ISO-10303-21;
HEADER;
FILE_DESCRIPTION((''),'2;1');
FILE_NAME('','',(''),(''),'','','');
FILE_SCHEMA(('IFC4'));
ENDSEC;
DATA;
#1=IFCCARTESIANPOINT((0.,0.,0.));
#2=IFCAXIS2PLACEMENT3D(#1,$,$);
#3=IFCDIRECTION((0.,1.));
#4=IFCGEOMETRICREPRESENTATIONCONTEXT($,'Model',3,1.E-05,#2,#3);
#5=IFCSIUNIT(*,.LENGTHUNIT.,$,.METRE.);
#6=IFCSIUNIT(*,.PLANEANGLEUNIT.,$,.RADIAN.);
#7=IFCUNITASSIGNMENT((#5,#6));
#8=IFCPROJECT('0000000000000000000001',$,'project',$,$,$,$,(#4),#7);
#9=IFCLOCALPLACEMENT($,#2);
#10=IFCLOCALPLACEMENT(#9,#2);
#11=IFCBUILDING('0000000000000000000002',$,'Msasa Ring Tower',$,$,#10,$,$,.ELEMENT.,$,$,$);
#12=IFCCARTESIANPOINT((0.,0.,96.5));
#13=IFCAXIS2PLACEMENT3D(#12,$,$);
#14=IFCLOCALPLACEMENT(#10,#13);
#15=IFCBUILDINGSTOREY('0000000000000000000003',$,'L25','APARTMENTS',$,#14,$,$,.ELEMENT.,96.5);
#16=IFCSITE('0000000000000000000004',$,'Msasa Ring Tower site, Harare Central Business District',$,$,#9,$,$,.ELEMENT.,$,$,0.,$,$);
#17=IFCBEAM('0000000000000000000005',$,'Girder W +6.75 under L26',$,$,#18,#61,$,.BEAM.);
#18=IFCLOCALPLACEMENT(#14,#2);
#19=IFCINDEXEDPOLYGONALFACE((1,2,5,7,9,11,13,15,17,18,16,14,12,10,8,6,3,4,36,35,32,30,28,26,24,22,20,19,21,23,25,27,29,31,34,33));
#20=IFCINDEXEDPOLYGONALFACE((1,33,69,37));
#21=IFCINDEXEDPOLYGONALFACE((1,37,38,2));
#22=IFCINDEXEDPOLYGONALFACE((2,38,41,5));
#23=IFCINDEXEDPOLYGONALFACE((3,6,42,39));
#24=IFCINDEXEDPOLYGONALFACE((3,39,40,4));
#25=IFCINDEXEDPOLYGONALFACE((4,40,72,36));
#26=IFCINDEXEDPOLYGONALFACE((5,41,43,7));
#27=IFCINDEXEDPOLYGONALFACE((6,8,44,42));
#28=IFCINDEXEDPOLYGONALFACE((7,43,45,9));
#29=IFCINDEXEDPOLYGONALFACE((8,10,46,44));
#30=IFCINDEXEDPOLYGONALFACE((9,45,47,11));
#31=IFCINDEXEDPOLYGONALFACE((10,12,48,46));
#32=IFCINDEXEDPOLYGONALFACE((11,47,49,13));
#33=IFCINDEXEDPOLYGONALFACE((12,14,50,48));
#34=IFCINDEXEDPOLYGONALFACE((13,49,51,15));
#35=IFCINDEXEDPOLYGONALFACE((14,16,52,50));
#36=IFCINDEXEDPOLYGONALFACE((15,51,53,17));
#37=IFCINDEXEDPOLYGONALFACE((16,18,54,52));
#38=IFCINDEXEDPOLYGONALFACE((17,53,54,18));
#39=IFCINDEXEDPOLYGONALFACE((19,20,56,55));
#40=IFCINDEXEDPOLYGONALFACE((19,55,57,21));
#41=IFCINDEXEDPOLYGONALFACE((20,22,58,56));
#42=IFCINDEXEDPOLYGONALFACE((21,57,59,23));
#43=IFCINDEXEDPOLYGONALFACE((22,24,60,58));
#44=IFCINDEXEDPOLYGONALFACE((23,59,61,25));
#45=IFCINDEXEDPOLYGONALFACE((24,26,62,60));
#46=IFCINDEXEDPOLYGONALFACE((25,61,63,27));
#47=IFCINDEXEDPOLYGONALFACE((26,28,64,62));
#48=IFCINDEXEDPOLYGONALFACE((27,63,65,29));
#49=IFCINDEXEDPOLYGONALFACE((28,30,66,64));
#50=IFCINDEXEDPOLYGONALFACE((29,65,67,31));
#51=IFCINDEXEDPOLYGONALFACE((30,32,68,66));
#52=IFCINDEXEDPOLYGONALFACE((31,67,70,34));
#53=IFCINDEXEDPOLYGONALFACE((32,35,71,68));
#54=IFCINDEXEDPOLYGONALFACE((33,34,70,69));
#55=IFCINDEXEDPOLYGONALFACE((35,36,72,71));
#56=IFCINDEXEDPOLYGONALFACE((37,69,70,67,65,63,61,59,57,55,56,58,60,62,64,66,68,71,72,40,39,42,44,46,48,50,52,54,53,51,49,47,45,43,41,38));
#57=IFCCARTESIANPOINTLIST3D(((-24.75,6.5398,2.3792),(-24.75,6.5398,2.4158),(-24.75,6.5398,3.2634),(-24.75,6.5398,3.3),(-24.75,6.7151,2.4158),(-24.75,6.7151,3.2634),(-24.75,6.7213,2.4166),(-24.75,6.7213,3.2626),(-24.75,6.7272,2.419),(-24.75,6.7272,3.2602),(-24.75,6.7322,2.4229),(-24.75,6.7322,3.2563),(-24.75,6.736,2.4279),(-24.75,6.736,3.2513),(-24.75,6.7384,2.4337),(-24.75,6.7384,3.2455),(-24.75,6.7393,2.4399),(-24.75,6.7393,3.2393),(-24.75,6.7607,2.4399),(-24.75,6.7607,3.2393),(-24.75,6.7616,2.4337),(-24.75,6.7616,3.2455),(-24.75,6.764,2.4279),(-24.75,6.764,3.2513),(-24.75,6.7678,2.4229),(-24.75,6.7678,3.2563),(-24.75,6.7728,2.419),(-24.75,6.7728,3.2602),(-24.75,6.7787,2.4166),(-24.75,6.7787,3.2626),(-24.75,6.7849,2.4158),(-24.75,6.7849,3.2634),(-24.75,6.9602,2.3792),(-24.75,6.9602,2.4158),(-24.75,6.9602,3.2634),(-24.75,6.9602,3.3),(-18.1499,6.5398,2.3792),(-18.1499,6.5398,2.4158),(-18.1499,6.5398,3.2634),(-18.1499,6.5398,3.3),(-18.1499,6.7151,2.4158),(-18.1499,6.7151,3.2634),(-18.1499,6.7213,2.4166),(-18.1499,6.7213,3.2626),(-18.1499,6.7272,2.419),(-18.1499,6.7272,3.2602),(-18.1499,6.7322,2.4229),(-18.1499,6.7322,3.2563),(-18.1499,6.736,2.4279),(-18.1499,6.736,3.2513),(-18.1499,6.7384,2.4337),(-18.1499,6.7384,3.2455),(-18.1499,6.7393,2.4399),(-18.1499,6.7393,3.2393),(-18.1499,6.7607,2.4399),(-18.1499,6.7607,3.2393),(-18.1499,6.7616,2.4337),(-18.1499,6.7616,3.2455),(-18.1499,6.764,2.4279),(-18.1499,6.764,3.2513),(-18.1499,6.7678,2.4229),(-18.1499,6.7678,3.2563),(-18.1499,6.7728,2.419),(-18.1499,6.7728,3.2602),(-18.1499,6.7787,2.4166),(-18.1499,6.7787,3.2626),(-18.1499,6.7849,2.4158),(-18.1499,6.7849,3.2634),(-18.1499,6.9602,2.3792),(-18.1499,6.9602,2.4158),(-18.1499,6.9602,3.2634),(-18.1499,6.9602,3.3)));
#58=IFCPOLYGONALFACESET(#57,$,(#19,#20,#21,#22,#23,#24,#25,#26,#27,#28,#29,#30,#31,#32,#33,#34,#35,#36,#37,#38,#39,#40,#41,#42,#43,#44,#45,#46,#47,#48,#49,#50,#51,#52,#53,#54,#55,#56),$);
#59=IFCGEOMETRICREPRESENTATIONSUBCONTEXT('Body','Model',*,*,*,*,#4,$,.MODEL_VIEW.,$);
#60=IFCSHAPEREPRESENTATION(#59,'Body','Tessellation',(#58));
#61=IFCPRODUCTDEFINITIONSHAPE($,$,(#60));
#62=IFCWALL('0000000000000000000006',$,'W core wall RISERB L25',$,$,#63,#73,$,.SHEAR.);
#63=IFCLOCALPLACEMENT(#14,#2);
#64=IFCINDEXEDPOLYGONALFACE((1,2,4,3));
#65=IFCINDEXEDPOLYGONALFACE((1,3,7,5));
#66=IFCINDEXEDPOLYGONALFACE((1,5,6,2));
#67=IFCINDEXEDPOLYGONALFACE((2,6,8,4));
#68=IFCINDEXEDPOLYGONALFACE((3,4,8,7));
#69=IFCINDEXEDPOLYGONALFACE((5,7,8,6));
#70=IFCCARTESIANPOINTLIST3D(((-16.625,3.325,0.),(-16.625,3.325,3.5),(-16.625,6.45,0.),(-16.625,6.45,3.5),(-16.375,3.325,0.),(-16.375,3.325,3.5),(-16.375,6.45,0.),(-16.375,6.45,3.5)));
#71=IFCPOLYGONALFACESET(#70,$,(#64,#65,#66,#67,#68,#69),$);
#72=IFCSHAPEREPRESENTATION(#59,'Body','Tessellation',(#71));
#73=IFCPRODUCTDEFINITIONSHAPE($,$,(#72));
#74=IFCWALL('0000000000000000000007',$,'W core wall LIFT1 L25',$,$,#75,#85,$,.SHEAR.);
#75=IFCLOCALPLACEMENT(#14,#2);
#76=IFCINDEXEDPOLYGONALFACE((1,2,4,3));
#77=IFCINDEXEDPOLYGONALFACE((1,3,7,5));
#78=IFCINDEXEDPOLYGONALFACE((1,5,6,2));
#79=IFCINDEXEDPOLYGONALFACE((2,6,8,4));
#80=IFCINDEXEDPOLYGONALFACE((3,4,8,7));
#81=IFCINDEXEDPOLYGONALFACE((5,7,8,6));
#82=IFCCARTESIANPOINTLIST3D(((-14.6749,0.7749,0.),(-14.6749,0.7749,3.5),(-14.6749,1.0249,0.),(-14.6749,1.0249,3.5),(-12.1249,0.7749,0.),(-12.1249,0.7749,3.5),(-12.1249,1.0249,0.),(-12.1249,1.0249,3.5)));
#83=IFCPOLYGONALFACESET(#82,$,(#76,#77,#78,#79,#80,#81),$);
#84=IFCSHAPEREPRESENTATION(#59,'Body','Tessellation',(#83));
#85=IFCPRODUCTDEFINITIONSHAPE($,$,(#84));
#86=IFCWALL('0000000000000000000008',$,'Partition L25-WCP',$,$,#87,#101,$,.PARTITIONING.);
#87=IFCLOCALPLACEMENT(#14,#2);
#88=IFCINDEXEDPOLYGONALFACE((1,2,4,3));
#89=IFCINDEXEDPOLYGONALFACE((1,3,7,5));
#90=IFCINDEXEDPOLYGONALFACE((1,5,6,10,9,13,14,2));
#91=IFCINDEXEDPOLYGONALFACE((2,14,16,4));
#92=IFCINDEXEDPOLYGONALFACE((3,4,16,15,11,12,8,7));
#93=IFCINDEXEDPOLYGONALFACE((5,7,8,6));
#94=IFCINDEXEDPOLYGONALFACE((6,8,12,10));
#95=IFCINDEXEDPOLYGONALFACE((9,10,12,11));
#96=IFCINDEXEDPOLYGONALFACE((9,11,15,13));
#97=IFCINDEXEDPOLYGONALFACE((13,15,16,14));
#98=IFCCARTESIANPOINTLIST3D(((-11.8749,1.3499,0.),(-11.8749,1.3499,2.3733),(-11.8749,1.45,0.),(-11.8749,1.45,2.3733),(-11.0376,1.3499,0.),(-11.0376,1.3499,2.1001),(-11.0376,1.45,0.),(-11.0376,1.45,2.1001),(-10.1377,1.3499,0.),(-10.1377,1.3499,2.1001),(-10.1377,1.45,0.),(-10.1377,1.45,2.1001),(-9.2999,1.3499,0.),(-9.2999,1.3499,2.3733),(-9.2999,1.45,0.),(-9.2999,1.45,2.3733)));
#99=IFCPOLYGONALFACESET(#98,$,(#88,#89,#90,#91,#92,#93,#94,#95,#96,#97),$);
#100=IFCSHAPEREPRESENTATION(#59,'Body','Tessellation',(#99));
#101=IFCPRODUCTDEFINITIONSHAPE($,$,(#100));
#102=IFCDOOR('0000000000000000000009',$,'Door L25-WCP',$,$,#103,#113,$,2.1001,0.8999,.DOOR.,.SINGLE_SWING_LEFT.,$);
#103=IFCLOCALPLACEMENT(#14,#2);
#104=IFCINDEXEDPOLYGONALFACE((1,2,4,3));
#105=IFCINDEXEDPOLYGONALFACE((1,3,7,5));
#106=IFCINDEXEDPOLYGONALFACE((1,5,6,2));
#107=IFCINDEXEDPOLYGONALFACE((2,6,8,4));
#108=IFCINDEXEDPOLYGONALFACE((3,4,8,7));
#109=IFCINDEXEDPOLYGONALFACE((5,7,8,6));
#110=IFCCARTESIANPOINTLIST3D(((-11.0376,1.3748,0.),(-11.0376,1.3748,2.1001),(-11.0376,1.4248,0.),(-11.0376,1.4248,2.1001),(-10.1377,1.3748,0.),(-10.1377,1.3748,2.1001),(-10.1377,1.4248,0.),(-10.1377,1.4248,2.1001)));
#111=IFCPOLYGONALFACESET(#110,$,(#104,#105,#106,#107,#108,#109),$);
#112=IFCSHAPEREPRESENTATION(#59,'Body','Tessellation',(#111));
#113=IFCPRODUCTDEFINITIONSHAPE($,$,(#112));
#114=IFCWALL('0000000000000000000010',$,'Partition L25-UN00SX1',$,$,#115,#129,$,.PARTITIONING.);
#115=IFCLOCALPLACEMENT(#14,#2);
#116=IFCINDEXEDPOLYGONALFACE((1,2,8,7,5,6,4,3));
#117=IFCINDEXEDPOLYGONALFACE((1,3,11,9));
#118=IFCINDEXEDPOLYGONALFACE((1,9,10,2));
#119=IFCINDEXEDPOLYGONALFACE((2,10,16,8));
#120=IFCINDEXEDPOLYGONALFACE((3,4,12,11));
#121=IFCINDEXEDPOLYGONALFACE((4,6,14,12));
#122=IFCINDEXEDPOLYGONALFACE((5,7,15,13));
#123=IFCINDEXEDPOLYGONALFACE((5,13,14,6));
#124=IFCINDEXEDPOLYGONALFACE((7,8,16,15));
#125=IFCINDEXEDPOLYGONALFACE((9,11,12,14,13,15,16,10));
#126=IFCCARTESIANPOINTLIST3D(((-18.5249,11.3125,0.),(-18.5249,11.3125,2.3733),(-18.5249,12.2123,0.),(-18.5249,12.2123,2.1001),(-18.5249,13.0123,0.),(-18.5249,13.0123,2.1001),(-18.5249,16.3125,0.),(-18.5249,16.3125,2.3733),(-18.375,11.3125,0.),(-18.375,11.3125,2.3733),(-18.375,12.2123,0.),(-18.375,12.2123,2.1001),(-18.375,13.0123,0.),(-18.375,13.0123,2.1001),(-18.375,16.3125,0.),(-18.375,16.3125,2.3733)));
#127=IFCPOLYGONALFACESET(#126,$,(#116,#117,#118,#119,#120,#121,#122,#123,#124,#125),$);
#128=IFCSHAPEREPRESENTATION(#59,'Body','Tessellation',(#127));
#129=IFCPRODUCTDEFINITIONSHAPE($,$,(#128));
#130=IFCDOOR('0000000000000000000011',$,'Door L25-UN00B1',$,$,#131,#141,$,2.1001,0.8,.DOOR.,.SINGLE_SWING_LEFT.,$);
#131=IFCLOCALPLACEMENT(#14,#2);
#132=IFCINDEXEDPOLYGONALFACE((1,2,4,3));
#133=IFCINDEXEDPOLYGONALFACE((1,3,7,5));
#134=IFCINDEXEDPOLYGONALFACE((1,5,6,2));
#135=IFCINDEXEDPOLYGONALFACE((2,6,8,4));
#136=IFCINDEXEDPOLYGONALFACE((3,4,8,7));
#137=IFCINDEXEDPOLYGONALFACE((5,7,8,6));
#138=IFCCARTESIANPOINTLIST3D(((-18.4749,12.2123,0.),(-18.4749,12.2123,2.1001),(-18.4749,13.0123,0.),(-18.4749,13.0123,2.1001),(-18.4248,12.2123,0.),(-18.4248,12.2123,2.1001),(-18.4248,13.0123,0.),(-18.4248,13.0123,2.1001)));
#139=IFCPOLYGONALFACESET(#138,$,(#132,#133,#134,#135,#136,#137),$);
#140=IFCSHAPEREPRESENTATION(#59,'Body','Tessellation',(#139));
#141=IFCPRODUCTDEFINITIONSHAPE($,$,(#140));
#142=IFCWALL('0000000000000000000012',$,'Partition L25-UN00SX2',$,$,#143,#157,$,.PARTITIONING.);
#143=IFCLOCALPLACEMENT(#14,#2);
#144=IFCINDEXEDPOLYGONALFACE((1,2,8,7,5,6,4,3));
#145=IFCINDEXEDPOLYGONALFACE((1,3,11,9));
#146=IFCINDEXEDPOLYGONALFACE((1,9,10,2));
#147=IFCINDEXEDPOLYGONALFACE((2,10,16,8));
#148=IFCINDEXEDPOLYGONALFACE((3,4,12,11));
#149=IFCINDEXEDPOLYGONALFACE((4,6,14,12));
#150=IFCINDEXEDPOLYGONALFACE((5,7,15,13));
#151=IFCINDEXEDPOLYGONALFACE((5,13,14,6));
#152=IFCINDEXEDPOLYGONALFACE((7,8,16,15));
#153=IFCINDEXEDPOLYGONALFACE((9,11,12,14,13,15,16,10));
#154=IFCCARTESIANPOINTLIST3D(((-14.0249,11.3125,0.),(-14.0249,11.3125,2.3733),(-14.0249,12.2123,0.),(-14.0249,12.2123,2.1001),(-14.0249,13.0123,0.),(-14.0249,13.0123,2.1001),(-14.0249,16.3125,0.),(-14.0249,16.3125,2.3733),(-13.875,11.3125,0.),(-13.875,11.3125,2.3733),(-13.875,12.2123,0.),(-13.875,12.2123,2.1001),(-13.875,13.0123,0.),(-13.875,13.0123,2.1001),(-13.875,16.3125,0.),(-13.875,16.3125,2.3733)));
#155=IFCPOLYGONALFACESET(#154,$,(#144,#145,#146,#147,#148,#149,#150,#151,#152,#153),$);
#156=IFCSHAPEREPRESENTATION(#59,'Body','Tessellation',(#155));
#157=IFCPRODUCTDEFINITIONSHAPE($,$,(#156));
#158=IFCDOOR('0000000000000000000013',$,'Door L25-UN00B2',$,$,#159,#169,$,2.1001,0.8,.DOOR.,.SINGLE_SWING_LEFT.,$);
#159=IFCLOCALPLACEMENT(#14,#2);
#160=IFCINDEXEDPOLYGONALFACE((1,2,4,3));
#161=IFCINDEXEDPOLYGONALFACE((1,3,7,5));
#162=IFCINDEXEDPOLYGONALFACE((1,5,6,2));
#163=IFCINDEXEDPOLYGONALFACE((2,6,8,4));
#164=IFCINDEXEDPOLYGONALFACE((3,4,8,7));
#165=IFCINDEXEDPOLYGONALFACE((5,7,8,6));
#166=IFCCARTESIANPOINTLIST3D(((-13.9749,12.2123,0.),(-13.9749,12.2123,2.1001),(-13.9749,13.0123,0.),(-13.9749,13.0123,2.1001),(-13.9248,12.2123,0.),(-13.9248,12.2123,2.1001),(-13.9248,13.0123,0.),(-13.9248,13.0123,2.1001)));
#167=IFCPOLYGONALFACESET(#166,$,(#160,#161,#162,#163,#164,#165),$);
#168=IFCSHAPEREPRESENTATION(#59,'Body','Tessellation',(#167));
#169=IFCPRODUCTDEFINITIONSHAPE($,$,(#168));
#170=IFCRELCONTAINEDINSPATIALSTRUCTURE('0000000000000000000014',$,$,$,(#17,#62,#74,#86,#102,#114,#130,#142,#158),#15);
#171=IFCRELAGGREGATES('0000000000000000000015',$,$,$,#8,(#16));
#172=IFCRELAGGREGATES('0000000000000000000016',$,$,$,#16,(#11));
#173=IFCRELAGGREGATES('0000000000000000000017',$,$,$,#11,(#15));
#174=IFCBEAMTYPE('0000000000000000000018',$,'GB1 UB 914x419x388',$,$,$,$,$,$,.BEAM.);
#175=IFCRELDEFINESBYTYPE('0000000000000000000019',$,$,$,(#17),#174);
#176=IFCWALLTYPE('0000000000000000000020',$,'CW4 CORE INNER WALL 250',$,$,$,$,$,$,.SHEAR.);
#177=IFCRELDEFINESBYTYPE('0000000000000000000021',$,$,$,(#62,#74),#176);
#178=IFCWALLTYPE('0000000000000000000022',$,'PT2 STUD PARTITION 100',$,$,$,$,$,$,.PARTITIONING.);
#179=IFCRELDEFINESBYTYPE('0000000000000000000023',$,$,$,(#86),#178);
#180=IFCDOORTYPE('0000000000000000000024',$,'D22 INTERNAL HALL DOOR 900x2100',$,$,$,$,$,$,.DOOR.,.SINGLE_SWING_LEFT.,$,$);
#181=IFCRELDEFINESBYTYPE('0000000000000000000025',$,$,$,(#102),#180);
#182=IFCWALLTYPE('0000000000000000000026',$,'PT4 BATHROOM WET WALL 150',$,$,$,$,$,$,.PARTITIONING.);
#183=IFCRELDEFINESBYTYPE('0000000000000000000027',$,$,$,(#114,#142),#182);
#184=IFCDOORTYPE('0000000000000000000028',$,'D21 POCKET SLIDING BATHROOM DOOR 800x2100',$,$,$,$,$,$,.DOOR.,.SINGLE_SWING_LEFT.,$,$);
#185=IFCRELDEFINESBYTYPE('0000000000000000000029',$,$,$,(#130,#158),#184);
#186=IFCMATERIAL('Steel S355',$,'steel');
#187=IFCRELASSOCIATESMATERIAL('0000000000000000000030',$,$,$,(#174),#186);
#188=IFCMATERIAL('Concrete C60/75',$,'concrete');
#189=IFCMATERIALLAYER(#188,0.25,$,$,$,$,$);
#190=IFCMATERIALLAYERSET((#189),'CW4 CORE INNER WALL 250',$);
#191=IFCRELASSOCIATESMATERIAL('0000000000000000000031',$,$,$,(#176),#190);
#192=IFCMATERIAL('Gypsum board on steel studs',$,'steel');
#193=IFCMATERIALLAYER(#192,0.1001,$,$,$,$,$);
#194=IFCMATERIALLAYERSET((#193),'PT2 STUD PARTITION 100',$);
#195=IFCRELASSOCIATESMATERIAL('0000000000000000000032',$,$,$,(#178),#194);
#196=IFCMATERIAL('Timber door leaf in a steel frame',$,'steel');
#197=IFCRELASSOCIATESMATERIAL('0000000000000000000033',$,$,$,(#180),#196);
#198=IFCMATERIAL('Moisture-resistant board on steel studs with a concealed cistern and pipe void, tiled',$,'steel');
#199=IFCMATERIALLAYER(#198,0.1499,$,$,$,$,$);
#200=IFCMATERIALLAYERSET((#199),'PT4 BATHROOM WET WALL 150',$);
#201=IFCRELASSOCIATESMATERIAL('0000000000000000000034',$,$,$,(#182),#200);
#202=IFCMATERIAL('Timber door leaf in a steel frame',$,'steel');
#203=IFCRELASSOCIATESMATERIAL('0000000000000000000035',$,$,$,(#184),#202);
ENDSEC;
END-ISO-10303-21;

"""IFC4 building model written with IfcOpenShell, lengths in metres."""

from ifc_helpers import new_model, si_unit, direction, frame, frame_2d, origin, origin_2d, place, context, subcontext, project, spatial, rectangle, i_section, extrude, material, layer, layer_set, material_profile, profile_set, type_object, element, fill, save


model = new_model("IFC4")

# Units and contexts
model_context = context("Model", 3, precision=1e-05, world=origin(), true_north=direction((0.0, 1.0)))
body_context = subcontext(model_context, "Body", "Model", "MODEL_VIEW")
ifc_project = project(units=[si_unit("LENGTHUNIT", "METRE"), si_unit("PLANEANGLEUNIT", "RADIAN")], contexts=[model_context])

# Site, building, storey
site_placement = place(None, origin())
site = spatial("IfcSite", under=ifc_project, at=site_placement, Name="Msasa Ring Tower site, Harare Central Business District", CompositionType="ELEMENT", RefElevation=0.0)
building_placement = place(site_placement, origin())
building = spatial("IfcBuilding", under=site, at=building_placement, Name="Msasa Ring Tower", CompositionType="ELEMENT")
storey_placement = place(building_placement, frame((0.0, 0.0, 96.5)))
storey = spatial("IfcBuildingStorey", under=building, at=storey_placement, Name="L25", Description="APARTMENTS", CompositionType="ELEMENT", Elevation=96.5)

# Beam
ifc_material_1 = material(Name="Steel S355", Category="steel")
ifc_material_profile = material_profile(ifc_material_1, i_section(OverallWidth=0.4204, OverallDepth=0.9209, WebThickness=0.0215, FlangeThickness=0.0366, FilletRadius=0.0242, at=origin_2d()), Name="UB 914x419x388")
ifc_profile_set = profile_set([ifc_material_profile], Name="Steel S355")
beam_type = type_object("IfcBeamType", Name="GB1 UB 914x419x388", PredefinedType="BEAM", material=ifc_profile_set)
beam_placement = place(storey_placement, frame((-18.1499, 6.75, 2.8396), z_axis=(-1.0, 0.0, 0.0), x_axis=(0.0, -1.0, 0.0)))
element("IfcBeam", 1, at=beam_placement, inside=storey, type_object=beam_type, Name="Girder W +6.75 under L26", PredefinedType="BEAM", context=body_context, shape_type="SweptSolid", body=[
    extrude(i_section(OverallWidth=0.4204, OverallDepth=0.9209, WebThickness=0.0215, FlangeThickness=0.0366, FilletRadius=0.0242, at=origin_2d()), origin(), (0.0, 0.0, 1.0), 6.6001),
])

# Walls
ifc_material_2 = material(Name="Concrete C60/75", Category="concrete")
ifc_layer_1 = layer(ifc_material_2, 0.25)
ifc_layer_set_1 = layer_set([ifc_layer_1], Name="CW4 CORE INNER WALL 250")
wall_type_1 = type_object("IfcWallType", Name="CW4 CORE INNER WALL 250", PredefinedType="SHEAR", material=ifc_layer_set_1)
wall_1_placement = place(storey_placement, frame((-16.5, 3.325, 0.0), z_axis=(0.0, 0.0, 1.0), x_axis=(0.0, 1.0, 0.0)))
element("IfcWall", 2, at=wall_1_placement, inside=storey, type_object=wall_type_1, Name="W core wall RISERB L25", PredefinedType="SHEAR", context=body_context, shape_type="SweptSolid", body=[
    extrude(rectangle(XDim=3.125, YDim=0.25, at=frame_2d((1.5625, 0.0))), origin(), (0.0, 0.0, 1.0), 3.5),
])
wall_2_placement = place(storey_placement, frame((-12.125, 0.8999, 0.0), z_axis=(0.0, 0.0, 1.0), x_axis=(-1.0, 0.0, 0.0)))
element("IfcWall", 3, at=wall_2_placement, inside=storey, type_object=wall_type_1, Name="W core wall LIFT1 L25", PredefinedType="SHEAR", context=body_context, shape_type="SweptSolid", body=[
    extrude(rectangle(XDim=2.55, YDim=0.25, at=frame_2d((1.2749, 0.0))), origin(), (0.0, 0.0, 1.0), 3.5),
])

# Walls, openings, doors
ifc_material_3 = material(Name="Gypsum board on steel studs", Category="steel")
ifc_layer_2 = layer(ifc_material_3, 0.1001)
ifc_layer_set_2 = layer_set([ifc_layer_2], Name="PT2 STUD PARTITION 100")
wall_type_2 = type_object("IfcWallType", Name="PT2 STUD PARTITION 100", PredefinedType="PARTITIONING", material=ifc_layer_set_2)
wall_3_placement = place(storey_placement, frame((-11.875, 1.3999, 0.0), z_axis=(0.0, 0.0, 1.0), x_axis=(1.0, 0.0, 0.0)))
wall_3 = element("IfcWall", 4, at=wall_3_placement, inside=storey, type_object=wall_type_2, Name="Partition L25-WCP", PredefinedType="PARTITIONING", context=body_context, shape_type="SweptSolid", body=[
    extrude(rectangle(XDim=2.575, YDim=0.1001, at=frame_2d((1.2876, 0.0))), origin(), (0.0, 0.0, 1.0), 2.3733),
])
opening_1_placement = place(wall_3_placement, frame((0.8374, 0.0, 0.0)))
opening_1 = element("IfcOpeningElement", 5, at=opening_1_placement, cuts=wall_3, PredefinedType="OPENING", context=body_context, shape_type="SweptSolid", body=[
    extrude(rectangle(XDim=0.8999, YDim=2.1001, at=frame_2d((0.45, 1.05))), frame((0.0, 0.0601, 0.0), z_axis=(0.0, -1.0, 0.0), x_axis=(1.0, 0.0, 0.0)), (0.0, 0.0, 1.0), 0.1201),
])
ifc_material_4 = material(Name="Timber door leaf in a steel frame", Category="steel")
door_type_1 = type_object("IfcDoorType", Name="D22 INTERNAL HALL DOOR 900x2100", OperationType="SINGLE_SWING_LEFT", PredefinedType="DOOR", material=ifc_material_4)
door_1_placement = place(opening_1_placement, origin())
door_1 = element("IfcDoor", 6, at=door_1_placement, inside=storey, type_object=door_type_1, Name="Door L25-WCP", OperationType="SINGLE_SWING_LEFT", OverallHeight=2.1001, OverallWidth=0.8999, PredefinedType="DOOR", context=body_context, shape_type="SweptSolid", body=[
    extrude(rectangle(XDim=0.8999, YDim=2.1001, at=frame_2d((0.45, 1.05))), frame((0.0, 0.0249, 0.0), z_axis=(0.0, -1.0, 0.0), x_axis=(1.0, 0.0, 0.0)), (0.0, 0.0, 1.0), 0.05),
])
fill(opening_1, door_1)
ifc_material_5 = material(Name="Moisture-resistant board on steel studs with a concealed cistern and pipe void, tiled", Category="steel")
ifc_layer_3 = layer(ifc_material_5, 0.1499)
ifc_layer_set_3 = layer_set([ifc_layer_3], Name="PT4 BATHROOM WET WALL 150")
wall_type_3 = type_object("IfcWallType", Name="PT4 BATHROOM WET WALL 150", PredefinedType="PARTITIONING", material=ifc_layer_set_3)
wall_4_placement = place(storey_placement, frame((-18.45, 11.3125, 0.0), z_axis=(0.0, 0.0, 1.0), x_axis=(0.0, 1.0, 0.0)))
wall_4 = element("IfcWall", 7, at=wall_4_placement, inside=storey, type_object=wall_type_3, Name="Partition L25-UN00SX1", PredefinedType="PARTITIONING", context=body_context, shape_type="SweptSolid", body=[
    extrude(rectangle(XDim=5.0, YDim=0.1499, at=frame_2d((2.5, 0.0))), origin(), (0.0, 0.0, 1.0), 2.3733),
])
opening_2_placement = place(wall_4_placement, frame((0.8999, 0.0, 0.0)))
opening_2 = element("IfcOpeningElement", 8, at=opening_2_placement, cuts=wall_4, PredefinedType="OPENING", context=body_context, shape_type="SweptSolid", body=[
    extrude(rectangle(XDim=0.8, YDim=2.1001, at=frame_2d((0.3999, 1.05))), frame((0.0, 0.085, 0.0), z_axis=(0.0, -1.0, 0.0), x_axis=(1.0, 0.0, 0.0)), (0.0, 0.0, 1.0), 0.1699),
])
ifc_material_6 = material(Name="Timber door leaf in a steel frame", Category="steel")
door_type_2 = type_object("IfcDoorType", Name="D21 POCKET SLIDING BATHROOM DOOR 800x2100", OperationType="SINGLE_SWING_LEFT", PredefinedType="DOOR", material=ifc_material_6)
door_2_placement = place(opening_2_placement, origin())
door_2 = element("IfcDoor", 9, at=door_2_placement, inside=storey, type_object=door_type_2, Name="Door L25-UN00B1", OperationType="SINGLE_SWING_LEFT", OverallHeight=2.1001, OverallWidth=0.8, PredefinedType="DOOR", context=body_context, shape_type="SweptSolid", body=[
    extrude(rectangle(XDim=0.8, YDim=2.1001, at=frame_2d((0.3999, 1.05))), frame((0.0, 0.0249, 0.0), z_axis=(0.0, -1.0, 0.0), x_axis=(1.0, 0.0, 0.0)), (0.0, 0.0, 1.0), 0.05),
])
fill(opening_2, door_2)
wall_5_placement = place(storey_placement, frame((-13.95, 11.3125, 0.0), z_axis=(0.0, 0.0, 1.0), x_axis=(0.0, 1.0, 0.0)))
wall_5 = element("IfcWall", 10, at=wall_5_placement, inside=storey, type_object=wall_type_3, Name="Partition L25-UN00SX2", PredefinedType="PARTITIONING", context=body_context, shape_type="SweptSolid", body=[
    extrude(rectangle(XDim=5.0, YDim=0.1499, at=frame_2d((2.5, 0.0))), origin(), (0.0, 0.0, 1.0), 2.3733),
])
opening_3_placement = place(wall_5_placement, frame((0.8999, 0.0, 0.0)))
opening_3 = element("IfcOpeningElement", 11, at=opening_3_placement, cuts=wall_5, PredefinedType="OPENING", context=body_context, shape_type="SweptSolid", body=[
    extrude(rectangle(XDim=0.8, YDim=2.1001, at=frame_2d((0.3999, 1.05))), frame((0.0, 0.085, 0.0), z_axis=(0.0, -1.0, 0.0), x_axis=(1.0, 0.0, 0.0)), (0.0, 0.0, 1.0), 0.1699),
])
door_3_placement = place(opening_3_placement, origin())
door_3 = element("IfcDoor", 12, at=door_3_placement, inside=storey, type_object=door_type_2, Name="Door L25-UN00B2", OperationType="SINGLE_SWING_LEFT", OverallHeight=2.1001, OverallWidth=0.8, PredefinedType="DOOR", context=body_context, shape_type="SweptSolid", body=[
    extrude(rectangle(XDim=0.8, YDim=2.1001, at=frame_2d((0.3999, 1.05))), frame((0.0, 0.0249, 0.0), z_axis=(0.0, -1.0, 0.0), x_axis=(1.0, 0.0, 0.0)), (0.0, 0.0, 1.0), 0.05),
])
fill(opening_3, door_3)

save(model, "model.ifc")
